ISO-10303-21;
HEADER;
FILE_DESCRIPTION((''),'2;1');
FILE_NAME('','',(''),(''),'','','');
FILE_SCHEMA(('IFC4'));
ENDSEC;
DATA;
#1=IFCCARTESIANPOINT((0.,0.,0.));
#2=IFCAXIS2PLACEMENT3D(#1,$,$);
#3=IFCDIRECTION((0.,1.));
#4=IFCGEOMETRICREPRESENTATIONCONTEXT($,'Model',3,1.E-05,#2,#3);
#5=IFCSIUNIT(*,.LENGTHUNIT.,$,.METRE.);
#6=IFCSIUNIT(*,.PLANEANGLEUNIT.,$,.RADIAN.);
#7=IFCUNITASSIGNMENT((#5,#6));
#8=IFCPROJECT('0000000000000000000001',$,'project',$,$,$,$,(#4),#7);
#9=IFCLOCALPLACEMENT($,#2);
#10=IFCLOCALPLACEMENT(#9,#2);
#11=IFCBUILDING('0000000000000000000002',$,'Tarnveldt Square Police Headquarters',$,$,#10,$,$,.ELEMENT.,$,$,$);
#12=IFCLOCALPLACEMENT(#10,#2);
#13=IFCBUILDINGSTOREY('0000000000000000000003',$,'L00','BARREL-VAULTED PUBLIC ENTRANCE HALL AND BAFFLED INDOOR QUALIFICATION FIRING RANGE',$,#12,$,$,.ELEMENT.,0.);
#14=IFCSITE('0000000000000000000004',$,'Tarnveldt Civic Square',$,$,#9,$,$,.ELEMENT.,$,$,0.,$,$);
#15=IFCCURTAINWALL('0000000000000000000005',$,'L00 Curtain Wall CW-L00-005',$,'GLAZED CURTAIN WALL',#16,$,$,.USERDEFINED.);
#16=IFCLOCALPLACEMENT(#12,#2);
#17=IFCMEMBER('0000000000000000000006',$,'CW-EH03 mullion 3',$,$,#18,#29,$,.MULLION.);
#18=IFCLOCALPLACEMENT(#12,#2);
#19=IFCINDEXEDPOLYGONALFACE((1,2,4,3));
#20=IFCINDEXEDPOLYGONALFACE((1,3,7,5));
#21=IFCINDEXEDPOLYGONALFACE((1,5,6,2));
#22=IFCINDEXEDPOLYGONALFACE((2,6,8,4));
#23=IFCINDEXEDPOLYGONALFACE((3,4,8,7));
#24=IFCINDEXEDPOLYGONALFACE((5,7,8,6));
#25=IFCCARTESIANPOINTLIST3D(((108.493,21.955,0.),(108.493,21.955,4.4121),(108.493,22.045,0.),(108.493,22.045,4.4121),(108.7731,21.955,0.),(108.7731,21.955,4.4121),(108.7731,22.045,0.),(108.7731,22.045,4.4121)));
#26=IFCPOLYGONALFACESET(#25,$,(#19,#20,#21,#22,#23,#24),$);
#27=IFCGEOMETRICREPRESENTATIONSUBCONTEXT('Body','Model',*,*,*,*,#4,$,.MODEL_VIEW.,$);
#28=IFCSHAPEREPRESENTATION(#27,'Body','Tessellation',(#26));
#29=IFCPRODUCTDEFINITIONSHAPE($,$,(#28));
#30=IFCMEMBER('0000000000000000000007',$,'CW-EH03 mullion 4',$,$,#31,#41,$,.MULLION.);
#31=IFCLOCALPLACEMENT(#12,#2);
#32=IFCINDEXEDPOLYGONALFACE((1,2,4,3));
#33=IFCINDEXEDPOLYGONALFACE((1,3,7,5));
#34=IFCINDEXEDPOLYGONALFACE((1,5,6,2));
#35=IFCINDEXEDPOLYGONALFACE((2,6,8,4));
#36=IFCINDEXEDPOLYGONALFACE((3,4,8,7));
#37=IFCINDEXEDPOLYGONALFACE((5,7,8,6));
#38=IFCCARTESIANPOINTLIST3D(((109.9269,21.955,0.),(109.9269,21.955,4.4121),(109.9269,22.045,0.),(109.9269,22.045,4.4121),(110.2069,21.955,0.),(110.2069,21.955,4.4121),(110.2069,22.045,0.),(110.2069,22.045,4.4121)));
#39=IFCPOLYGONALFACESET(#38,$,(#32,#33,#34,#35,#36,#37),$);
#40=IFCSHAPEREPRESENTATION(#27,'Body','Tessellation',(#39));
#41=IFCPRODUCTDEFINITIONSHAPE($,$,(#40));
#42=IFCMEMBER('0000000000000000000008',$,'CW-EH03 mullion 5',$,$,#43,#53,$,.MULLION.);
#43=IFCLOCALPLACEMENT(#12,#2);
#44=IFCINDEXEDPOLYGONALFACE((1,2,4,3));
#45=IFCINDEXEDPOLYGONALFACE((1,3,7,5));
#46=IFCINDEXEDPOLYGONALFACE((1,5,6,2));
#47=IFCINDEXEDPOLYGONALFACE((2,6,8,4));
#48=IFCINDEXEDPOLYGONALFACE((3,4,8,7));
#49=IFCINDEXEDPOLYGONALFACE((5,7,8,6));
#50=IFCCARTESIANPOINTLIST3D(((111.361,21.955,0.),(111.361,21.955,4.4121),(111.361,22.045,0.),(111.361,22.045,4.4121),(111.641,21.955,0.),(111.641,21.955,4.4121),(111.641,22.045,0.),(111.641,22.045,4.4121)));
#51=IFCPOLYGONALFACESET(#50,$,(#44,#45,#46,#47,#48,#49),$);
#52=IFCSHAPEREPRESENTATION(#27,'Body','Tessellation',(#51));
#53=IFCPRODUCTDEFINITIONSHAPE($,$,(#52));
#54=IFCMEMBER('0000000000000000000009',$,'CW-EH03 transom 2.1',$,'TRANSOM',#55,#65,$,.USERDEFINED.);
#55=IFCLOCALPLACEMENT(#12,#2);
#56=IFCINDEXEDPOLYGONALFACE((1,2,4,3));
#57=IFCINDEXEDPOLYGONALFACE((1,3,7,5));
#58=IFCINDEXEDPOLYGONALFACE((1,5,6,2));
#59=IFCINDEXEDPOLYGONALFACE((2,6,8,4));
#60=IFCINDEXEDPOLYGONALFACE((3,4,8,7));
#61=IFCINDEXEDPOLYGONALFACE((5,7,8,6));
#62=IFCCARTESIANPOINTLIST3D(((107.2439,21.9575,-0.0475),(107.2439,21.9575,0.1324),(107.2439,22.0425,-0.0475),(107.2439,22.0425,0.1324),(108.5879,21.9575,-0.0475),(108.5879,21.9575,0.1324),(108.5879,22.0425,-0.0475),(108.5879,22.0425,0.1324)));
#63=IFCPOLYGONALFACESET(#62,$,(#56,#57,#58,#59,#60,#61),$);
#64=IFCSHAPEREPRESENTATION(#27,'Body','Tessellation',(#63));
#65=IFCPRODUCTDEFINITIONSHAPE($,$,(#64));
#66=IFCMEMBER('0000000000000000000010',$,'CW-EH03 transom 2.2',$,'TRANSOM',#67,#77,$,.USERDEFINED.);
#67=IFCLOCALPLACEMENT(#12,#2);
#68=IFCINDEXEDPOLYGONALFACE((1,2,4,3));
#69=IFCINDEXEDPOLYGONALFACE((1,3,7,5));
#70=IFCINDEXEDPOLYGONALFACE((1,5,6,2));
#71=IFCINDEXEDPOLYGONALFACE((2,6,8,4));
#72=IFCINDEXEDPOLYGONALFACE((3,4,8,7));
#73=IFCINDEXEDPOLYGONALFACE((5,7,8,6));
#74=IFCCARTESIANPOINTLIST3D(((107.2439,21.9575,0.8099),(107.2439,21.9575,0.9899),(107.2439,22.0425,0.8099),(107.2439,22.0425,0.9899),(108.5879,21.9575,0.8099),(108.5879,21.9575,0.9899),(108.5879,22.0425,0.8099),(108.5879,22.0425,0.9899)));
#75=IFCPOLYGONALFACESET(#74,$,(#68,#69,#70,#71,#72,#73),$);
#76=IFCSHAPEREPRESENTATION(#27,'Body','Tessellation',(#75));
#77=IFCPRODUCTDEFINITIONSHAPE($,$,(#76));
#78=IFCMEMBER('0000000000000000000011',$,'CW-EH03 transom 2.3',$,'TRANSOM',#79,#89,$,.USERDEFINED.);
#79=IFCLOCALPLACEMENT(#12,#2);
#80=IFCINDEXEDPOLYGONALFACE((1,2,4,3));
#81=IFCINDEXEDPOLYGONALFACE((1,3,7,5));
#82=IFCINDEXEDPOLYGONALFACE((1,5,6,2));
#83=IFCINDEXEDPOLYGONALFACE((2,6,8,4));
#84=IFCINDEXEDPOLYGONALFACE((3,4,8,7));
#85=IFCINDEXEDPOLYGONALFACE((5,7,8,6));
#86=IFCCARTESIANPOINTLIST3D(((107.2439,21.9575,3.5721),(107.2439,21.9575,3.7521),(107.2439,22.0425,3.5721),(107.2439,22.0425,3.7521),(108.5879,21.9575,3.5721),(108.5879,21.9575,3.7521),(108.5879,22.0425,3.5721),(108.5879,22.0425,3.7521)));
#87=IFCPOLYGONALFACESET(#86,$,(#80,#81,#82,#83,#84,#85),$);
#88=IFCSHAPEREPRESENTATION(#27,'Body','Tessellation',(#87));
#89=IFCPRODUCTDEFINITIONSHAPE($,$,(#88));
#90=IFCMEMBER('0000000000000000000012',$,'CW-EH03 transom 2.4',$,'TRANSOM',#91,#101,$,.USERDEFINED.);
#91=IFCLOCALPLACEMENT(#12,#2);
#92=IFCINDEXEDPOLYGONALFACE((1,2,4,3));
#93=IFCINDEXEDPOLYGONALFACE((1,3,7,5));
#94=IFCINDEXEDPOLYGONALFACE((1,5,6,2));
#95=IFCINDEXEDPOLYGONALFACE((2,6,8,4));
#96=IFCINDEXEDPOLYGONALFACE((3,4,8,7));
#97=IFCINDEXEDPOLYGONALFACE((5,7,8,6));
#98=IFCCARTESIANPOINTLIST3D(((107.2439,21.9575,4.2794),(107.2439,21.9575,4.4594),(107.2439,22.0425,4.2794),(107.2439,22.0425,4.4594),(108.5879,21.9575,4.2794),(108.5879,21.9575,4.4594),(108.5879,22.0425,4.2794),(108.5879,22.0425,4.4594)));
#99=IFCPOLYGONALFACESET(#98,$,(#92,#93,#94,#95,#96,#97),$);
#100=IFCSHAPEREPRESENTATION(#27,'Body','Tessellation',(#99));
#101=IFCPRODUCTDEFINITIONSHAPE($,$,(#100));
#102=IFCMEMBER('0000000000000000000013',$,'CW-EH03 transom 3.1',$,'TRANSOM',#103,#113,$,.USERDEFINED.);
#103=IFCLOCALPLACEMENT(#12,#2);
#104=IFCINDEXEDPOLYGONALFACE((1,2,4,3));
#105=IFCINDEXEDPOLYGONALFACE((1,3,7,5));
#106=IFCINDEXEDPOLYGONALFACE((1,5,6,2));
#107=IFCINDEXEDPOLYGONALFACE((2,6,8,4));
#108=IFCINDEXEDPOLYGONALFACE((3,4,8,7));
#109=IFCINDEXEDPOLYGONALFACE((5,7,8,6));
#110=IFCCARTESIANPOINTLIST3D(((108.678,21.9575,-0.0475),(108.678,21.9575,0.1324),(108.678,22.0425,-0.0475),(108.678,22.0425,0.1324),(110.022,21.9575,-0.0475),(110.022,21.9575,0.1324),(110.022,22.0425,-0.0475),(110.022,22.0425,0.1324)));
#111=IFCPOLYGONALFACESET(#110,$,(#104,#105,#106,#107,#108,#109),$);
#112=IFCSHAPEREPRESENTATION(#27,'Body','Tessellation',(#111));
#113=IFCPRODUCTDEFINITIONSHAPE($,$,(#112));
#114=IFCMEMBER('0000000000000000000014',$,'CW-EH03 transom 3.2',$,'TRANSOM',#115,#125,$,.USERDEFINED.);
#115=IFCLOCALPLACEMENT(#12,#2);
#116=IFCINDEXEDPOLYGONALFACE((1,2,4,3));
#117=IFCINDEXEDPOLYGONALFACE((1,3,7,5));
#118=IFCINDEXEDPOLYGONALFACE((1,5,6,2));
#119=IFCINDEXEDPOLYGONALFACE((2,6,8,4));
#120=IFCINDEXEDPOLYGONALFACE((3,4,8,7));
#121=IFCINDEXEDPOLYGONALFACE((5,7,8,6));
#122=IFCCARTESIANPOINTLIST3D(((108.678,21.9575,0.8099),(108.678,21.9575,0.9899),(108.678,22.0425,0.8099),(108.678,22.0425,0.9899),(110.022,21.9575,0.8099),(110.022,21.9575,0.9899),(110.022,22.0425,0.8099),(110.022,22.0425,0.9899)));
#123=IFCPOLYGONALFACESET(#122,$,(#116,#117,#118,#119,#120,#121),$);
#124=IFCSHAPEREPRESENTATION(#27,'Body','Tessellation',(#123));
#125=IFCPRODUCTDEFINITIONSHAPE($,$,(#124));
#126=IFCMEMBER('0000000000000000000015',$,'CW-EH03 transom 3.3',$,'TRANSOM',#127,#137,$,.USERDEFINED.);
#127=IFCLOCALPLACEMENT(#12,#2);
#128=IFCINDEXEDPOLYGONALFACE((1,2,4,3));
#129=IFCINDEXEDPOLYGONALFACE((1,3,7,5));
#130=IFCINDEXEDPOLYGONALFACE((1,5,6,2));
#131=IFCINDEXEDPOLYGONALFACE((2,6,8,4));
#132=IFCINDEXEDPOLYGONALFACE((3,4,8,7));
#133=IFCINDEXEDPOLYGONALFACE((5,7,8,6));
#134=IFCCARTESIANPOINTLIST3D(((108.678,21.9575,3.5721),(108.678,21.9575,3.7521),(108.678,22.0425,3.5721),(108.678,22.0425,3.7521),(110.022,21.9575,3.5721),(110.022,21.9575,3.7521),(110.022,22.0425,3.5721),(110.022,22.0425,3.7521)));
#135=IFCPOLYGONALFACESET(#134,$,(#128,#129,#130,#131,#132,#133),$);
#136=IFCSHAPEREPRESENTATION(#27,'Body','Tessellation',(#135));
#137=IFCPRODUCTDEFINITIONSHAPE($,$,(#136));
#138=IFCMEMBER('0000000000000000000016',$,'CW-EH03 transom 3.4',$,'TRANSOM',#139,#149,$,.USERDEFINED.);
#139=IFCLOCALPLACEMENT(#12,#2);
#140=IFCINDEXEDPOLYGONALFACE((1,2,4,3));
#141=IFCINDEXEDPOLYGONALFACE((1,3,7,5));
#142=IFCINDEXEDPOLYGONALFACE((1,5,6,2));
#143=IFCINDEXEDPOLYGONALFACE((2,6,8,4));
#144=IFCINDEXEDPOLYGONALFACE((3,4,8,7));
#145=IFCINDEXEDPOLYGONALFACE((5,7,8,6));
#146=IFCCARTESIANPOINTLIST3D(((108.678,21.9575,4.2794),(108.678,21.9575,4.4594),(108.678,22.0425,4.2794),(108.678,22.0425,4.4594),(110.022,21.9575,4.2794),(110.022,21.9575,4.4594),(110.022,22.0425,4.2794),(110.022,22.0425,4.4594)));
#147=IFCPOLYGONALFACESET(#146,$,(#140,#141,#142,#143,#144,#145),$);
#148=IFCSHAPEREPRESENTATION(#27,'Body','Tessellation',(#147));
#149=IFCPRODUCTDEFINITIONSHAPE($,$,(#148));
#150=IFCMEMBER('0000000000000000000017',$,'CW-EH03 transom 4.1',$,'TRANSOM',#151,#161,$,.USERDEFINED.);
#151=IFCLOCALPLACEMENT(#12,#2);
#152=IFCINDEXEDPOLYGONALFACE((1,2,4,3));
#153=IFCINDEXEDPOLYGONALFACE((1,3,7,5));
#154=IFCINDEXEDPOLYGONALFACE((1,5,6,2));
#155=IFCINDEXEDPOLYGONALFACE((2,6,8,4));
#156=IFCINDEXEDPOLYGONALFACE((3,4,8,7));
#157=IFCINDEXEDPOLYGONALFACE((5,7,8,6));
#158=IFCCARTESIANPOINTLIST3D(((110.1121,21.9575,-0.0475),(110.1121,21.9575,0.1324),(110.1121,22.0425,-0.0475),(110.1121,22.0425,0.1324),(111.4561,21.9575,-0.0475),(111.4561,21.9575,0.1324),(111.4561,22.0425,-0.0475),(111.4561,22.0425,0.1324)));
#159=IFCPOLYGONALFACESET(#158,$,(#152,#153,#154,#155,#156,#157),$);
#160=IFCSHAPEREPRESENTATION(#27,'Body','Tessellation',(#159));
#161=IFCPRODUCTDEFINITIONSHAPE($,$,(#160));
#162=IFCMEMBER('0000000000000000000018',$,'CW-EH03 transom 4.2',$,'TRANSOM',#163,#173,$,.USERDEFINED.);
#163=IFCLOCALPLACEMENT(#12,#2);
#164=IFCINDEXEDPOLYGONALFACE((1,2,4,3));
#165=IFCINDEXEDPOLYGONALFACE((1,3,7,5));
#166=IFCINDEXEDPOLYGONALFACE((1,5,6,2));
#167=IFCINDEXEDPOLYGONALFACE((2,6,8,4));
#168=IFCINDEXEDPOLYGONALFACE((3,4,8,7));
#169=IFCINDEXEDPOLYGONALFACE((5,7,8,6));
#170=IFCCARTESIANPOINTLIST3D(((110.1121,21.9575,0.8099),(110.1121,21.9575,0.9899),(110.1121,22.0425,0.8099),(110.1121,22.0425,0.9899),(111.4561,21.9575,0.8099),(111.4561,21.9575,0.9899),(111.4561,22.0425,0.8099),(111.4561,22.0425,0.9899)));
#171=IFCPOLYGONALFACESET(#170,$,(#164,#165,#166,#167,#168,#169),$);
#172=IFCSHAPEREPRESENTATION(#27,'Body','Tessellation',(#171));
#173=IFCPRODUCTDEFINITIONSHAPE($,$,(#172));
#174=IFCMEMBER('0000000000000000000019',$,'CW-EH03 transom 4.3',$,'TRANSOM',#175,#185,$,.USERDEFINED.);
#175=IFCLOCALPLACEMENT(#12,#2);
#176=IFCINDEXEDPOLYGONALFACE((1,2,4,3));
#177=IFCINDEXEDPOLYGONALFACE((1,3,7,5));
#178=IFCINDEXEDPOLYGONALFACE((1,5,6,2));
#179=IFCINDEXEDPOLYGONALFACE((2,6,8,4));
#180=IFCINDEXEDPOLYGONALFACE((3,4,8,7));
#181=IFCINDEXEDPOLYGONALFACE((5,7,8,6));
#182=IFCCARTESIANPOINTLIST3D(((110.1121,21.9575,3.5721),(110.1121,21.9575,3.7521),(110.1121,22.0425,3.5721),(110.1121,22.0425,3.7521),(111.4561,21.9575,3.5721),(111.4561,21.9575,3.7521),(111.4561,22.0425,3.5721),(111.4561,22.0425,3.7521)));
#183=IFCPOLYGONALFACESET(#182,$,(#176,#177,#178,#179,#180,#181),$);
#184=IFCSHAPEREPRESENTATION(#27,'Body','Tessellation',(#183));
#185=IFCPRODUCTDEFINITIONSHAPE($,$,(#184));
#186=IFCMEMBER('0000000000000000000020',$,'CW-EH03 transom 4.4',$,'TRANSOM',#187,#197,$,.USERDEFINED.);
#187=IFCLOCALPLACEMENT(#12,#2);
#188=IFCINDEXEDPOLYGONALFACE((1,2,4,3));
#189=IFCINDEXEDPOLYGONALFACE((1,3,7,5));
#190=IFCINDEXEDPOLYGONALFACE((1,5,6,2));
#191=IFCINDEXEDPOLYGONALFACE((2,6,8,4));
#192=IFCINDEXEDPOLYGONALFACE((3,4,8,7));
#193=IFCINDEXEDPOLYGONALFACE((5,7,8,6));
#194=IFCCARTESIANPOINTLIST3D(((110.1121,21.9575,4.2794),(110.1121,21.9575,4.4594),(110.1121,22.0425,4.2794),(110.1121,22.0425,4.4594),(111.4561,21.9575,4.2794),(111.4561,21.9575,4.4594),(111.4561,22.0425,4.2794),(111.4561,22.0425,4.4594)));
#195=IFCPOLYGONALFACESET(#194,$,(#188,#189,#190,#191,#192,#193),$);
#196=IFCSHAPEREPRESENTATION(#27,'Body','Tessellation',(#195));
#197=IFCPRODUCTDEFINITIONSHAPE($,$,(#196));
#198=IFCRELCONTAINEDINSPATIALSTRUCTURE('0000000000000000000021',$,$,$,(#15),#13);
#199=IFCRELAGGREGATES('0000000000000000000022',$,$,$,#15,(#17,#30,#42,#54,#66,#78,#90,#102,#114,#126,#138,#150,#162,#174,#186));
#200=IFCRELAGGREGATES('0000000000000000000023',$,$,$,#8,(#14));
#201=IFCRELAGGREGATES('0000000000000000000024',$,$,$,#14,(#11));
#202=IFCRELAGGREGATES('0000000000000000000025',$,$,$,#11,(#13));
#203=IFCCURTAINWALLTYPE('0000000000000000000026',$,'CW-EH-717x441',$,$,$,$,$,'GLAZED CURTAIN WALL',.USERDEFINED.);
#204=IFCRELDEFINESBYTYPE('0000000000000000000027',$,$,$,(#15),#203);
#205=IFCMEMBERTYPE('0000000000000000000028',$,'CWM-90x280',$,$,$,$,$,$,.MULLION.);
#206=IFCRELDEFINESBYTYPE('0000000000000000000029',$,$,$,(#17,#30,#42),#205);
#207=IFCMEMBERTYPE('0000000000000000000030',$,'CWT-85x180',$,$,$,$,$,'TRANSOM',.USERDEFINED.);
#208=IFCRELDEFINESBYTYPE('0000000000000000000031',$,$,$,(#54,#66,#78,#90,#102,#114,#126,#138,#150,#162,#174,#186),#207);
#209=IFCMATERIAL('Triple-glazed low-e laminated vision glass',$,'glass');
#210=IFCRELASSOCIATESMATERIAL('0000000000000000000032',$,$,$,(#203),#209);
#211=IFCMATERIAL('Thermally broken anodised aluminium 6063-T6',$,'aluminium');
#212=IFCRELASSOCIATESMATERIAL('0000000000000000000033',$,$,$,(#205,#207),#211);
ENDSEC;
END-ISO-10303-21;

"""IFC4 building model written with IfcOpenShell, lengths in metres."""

from ifc_helpers import new_model, si_unit, direction, frame, origin, origin_2d, place, context, subcontext, project, spatial, rectangle, extrude, material, material_profile, profile_set, type_object, element, aggregate, save


model = new_model("IFC4")

# Units and contexts
model_context = context("Model", 3, precision=1e-05, world=origin(), true_north=direction((0.0, 1.0)))
body_context = subcontext(model_context, "Body", "Model", "MODEL_VIEW")
ifc_project = project(units=[si_unit("LENGTHUNIT", "METRE"), si_unit("PLANEANGLEUNIT", "RADIAN")], contexts=[model_context])

# Site, building, storey
site_placement = place(None, origin())
site = spatial("IfcSite", under=ifc_project, at=site_placement, Name="Tarnveldt Civic Square", CompositionType="ELEMENT", RefElevation=0.0)
building_placement = place(site_placement, origin())
building = spatial("IfcBuilding", under=site, at=building_placement, Name="Tarnveldt Square Police Headquarters", CompositionType="ELEMENT")
storey_placement = place(building_placement, origin())
storey = spatial("IfcBuildingStorey", under=building, at=storey_placement, Name="L00", Description="BARREL-VAULTED PUBLIC ENTRANCE HALL AND BAFFLED INDOOR QUALIFICATION FIRING RANGE", CompositionType="ELEMENT", Elevation=0.0)

# Curtain wall, members
ifc_material_1 = material(Name="Triple-glazed low-e laminated vision glass", Category="glass")
curtain_wall_type = type_object("IfcCurtainWallType", Name="CW-EH-717x441", ElementType="GLAZED CURTAIN WALL", PredefinedType="USERDEFINED", material=ifc_material_1)
curtain_wall_placement = place(storey_placement, origin())
curtain_wall = element("IfcCurtainWall", 1, at=curtain_wall_placement, inside=storey, type_object=curtain_wall_type, Name="L00 Curtain Wall CW-L00-005", ObjectType="GLAZED CURTAIN WALL", PredefinedType="USERDEFINED")
ifc_material_2 = material(Name="Thermally broken anodised aluminium 6063-T6", Category="aluminium")
ifc_material_profile_1 = material_profile(ifc_material_2, rectangle(XDim=0.0901, YDim=0.28, at=origin_2d()), Name="CW-M90x280")
ifc_profile_set_1 = profile_set([ifc_material_profile_1], Name="Thermally broken anodised aluminium 6063-T6")
member_type_1 = type_object("IfcMemberType", Name="CWM-90x280", PredefinedType="MULLION", material=ifc_profile_set_1)
member_1_placement = place(storey_placement, frame((108.6331, 22.0, 0.0), z_axis=(0.0, 0.0, 1.0), x_axis=(0.0, 1.0, 0.0)))
member_1 = element("IfcMember", 2, at=member_1_placement, type_object=member_type_1, Name="CW-EH03 mullion 3", PredefinedType="MULLION", context=body_context, shape_type="SweptSolid", body=[
    extrude(rectangle(XDim=0.0901, YDim=0.28, at=origin_2d()), origin(), (0.0, 0.0, 1.0), 4.4121),
])
member_2_placement = place(storey_placement, frame((110.0669, 22.0, 0.0), z_axis=(0.0, 0.0, 1.0), x_axis=(0.0, 1.0, 0.0)))
member_2 = element("IfcMember", 3, at=member_2_placement, type_object=member_type_1, Name="CW-EH03 mullion 4", PredefinedType="MULLION", context=body_context, shape_type="SweptSolid", body=[
    extrude(rectangle(XDim=0.0901, YDim=0.28, at=origin_2d()), origin(), (0.0, 0.0, 1.0), 4.4121),
])
member_3_placement = place(storey_placement, frame((111.501, 22.0, 0.0), z_axis=(0.0, 0.0, 1.0), x_axis=(0.0, 1.0, 0.0)))
member_3 = element("IfcMember", 4, at=member_3_placement, type_object=member_type_1, Name="CW-EH03 mullion 5", PredefinedType="MULLION", context=body_context, shape_type="SweptSolid", body=[
    extrude(rectangle(XDim=0.0901, YDim=0.28, at=origin_2d()), origin(), (0.0, 0.0, 1.0), 4.4121),
])
ifc_material_profile_2 = material_profile(ifc_material_2, rectangle(XDim=0.085, YDim=0.1799, at=origin_2d()), Name="CW-T85x180")
ifc_profile_set_2 = profile_set([ifc_material_profile_2], Name="Thermally broken anodised aluminium 6063-T6")
member_type_2 = type_object("IfcMemberType", Name="CWT-85x180", ElementType="TRANSOM", PredefinedType="USERDEFINED", material=ifc_profile_set_2)
member_4_placement = place(storey_placement, frame((107.2439, 22.0, 0.0425), z_axis=(1.0, 0.0, 0.0), x_axis=(0.0, 1.0, 0.0)))
member_4 = element("IfcMember", 5, at=member_4_placement, type_object=member_type_2, Name="CW-EH03 transom 2.1", ObjectType="TRANSOM", PredefinedType="USERDEFINED", context=body_context, shape_type="SweptSolid", body=[
    extrude(rectangle(XDim=0.085, YDim=0.1799, at=origin_2d()), origin(), (0.0, 0.0, 1.0), 1.344),
])
member_5_placement = place(storey_placement, frame((107.2439, 22.0, 0.8999), z_axis=(1.0, 0.0, 0.0), x_axis=(0.0, 1.0, 0.0)))
member_5 = element("IfcMember", 6, at=member_5_placement, type_object=member_type_2, Name="CW-EH03 transom 2.2", ObjectType="TRANSOM", PredefinedType="USERDEFINED", context=body_context, shape_type="SweptSolid", body=[
    extrude(rectangle(XDim=0.085, YDim=0.1799, at=origin_2d()), origin(), (0.0, 0.0, 1.0), 1.344),
])
member_6_placement = place(storey_placement, frame((107.2439, 22.0, 3.6621), z_axis=(1.0, 0.0, 0.0), x_axis=(0.0, 1.0, 0.0)))
member_6 = element("IfcMember", 7, at=member_6_placement, type_object=member_type_2, Name="CW-EH03 transom 2.3", ObjectType="TRANSOM", PredefinedType="USERDEFINED", context=body_context, shape_type="SweptSolid", body=[
    extrude(rectangle(XDim=0.085, YDim=0.1799, at=origin_2d()), origin(), (0.0, 0.0, 1.0), 1.344),
])
member_7_placement = place(storey_placement, frame((107.2439, 22.0, 4.3694), z_axis=(1.0, 0.0, 0.0), x_axis=(0.0, 1.0, 0.0)))
member_7 = element("IfcMember", 8, at=member_7_placement, type_object=member_type_2, Name="CW-EH03 transom 2.4", ObjectType="TRANSOM", PredefinedType="USERDEFINED", context=body_context, shape_type="SweptSolid", body=[
    extrude(rectangle(XDim=0.085, YDim=0.1799, at=origin_2d()), origin(), (0.0, 0.0, 1.0), 1.344),
])
member_8_placement = place(storey_placement, frame((108.678, 22.0, 0.0425), z_axis=(1.0, 0.0, 0.0), x_axis=(0.0, 1.0, 0.0)))
member_8 = element("IfcMember", 9, at=member_8_placement, type_object=member_type_2, Name="CW-EH03 transom 3.1", ObjectType="TRANSOM", PredefinedType="USERDEFINED", context=body_context, shape_type="SweptSolid", body=[
    extrude(rectangle(XDim=0.085, YDim=0.1799, at=origin_2d()), origin(), (0.0, 0.0, 1.0), 1.344),
])
member_9_placement = place(storey_placement, frame((108.678, 22.0, 0.8999), z_axis=(1.0, 0.0, 0.0), x_axis=(0.0, 1.0, 0.0)))
member_9 = element("IfcMember", 10, at=member_9_placement, type_object=member_type_2, Name="CW-EH03 transom 3.2", ObjectType="TRANSOM", PredefinedType="USERDEFINED", context=body_context, shape_type="SweptSolid", body=[
    extrude(rectangle(XDim=0.085, YDim=0.1799, at=origin_2d()), origin(), (0.0, 0.0, 1.0), 1.344),
])
member_10_placement = place(storey_placement, frame((108.678, 22.0, 3.6621), z_axis=(1.0, 0.0, 0.0), x_axis=(0.0, 1.0, 0.0)))
member_10 = element("IfcMember", 11, at=member_10_placement, type_object=member_type_2, Name="CW-EH03 transom 3.3", ObjectType="TRANSOM", PredefinedType="USERDEFINED", context=body_context, shape_type="SweptSolid", body=[
    extrude(rectangle(XDim=0.085, YDim=0.1799, at=origin_2d()), origin(), (0.0, 0.0, 1.0), 1.344),
])
member_11_placement = place(storey_placement, frame((108.678, 22.0, 4.3694), z_axis=(1.0, 0.0, 0.0), x_axis=(0.0, 1.0, 0.0)))
member_11 = element("IfcMember", 12, at=member_11_placement, type_object=member_type_2, Name="CW-EH03 transom 3.4", ObjectType="TRANSOM", PredefinedType="USERDEFINED", context=body_context, shape_type="SweptSolid", body=[
    extrude(rectangle(XDim=0.085, YDim=0.1799, at=origin_2d()), origin(), (0.0, 0.0, 1.0), 1.344),
])
member_12_placement = place(storey_placement, frame((110.1121, 22.0, 0.0425), z_axis=(1.0, 0.0, 0.0), x_axis=(0.0, 1.0, 0.0)))
member_12 = element("IfcMember", 13, at=member_12_placement, type_object=member_type_2, Name="CW-EH03 transom 4.1", ObjectType="TRANSOM", PredefinedType="USERDEFINED", context=body_context, shape_type="SweptSolid", body=[
    extrude(rectangle(XDim=0.085, YDim=0.1799, at=origin_2d()), origin(), (0.0, 0.0, 1.0), 1.344),
])
member_13_placement = place(storey_placement, frame((110.1121, 22.0, 0.8999), z_axis=(1.0, 0.0, 0.0), x_axis=(0.0, 1.0, 0.0)))
member_13 = element("IfcMember", 14, at=member_13_placement, type_object=member_type_2, Name="CW-EH03 transom 4.2", ObjectType="TRANSOM", PredefinedType="USERDEFINED", context=body_context, shape_type="SweptSolid", body=[
    extrude(rectangle(XDim=0.085, YDim=0.1799, at=origin_2d()), origin(), (0.0, 0.0, 1.0), 1.344),
])
member_14_placement = place(storey_placement, frame((110.1121, 22.0, 3.6621), z_axis=(1.0, 0.0, 0.0), x_axis=(0.0, 1.0, 0.0)))
member_14 = element("IfcMember", 15, at=member_14_placement, type_object=member_type_2, Name="CW-EH03 transom 4.3", ObjectType="TRANSOM", PredefinedType="USERDEFINED", context=body_context, shape_type="SweptSolid", body=[
    extrude(rectangle(XDim=0.085, YDim=0.1799, at=origin_2d()), origin(), (0.0, 0.0, 1.0), 1.344),
])
member_15_placement = place(storey_placement, frame((110.1121, 22.0, 4.3694), z_axis=(1.0, 0.0, 0.0), x_axis=(0.0, 1.0, 0.0)))
member_15 = element("IfcMember", 16, at=member_15_placement, type_object=member_type_2, Name="CW-EH03 transom 4.4", ObjectType="TRANSOM", PredefinedType="USERDEFINED", context=body_context, shape_type="SweptSolid", body=[
    extrude(rectangle(XDim=0.085, YDim=0.1799, at=origin_2d()), origin(), (0.0, 0.0, 1.0), 1.344),
])
aggregate(curtain_wall, [member_1, member_2, member_3, member_4, member_5, member_6, member_7, member_8, member_9, member_10, member_11, member_12, member_13, member_14, member_15])

save(model, "model.ifc")
